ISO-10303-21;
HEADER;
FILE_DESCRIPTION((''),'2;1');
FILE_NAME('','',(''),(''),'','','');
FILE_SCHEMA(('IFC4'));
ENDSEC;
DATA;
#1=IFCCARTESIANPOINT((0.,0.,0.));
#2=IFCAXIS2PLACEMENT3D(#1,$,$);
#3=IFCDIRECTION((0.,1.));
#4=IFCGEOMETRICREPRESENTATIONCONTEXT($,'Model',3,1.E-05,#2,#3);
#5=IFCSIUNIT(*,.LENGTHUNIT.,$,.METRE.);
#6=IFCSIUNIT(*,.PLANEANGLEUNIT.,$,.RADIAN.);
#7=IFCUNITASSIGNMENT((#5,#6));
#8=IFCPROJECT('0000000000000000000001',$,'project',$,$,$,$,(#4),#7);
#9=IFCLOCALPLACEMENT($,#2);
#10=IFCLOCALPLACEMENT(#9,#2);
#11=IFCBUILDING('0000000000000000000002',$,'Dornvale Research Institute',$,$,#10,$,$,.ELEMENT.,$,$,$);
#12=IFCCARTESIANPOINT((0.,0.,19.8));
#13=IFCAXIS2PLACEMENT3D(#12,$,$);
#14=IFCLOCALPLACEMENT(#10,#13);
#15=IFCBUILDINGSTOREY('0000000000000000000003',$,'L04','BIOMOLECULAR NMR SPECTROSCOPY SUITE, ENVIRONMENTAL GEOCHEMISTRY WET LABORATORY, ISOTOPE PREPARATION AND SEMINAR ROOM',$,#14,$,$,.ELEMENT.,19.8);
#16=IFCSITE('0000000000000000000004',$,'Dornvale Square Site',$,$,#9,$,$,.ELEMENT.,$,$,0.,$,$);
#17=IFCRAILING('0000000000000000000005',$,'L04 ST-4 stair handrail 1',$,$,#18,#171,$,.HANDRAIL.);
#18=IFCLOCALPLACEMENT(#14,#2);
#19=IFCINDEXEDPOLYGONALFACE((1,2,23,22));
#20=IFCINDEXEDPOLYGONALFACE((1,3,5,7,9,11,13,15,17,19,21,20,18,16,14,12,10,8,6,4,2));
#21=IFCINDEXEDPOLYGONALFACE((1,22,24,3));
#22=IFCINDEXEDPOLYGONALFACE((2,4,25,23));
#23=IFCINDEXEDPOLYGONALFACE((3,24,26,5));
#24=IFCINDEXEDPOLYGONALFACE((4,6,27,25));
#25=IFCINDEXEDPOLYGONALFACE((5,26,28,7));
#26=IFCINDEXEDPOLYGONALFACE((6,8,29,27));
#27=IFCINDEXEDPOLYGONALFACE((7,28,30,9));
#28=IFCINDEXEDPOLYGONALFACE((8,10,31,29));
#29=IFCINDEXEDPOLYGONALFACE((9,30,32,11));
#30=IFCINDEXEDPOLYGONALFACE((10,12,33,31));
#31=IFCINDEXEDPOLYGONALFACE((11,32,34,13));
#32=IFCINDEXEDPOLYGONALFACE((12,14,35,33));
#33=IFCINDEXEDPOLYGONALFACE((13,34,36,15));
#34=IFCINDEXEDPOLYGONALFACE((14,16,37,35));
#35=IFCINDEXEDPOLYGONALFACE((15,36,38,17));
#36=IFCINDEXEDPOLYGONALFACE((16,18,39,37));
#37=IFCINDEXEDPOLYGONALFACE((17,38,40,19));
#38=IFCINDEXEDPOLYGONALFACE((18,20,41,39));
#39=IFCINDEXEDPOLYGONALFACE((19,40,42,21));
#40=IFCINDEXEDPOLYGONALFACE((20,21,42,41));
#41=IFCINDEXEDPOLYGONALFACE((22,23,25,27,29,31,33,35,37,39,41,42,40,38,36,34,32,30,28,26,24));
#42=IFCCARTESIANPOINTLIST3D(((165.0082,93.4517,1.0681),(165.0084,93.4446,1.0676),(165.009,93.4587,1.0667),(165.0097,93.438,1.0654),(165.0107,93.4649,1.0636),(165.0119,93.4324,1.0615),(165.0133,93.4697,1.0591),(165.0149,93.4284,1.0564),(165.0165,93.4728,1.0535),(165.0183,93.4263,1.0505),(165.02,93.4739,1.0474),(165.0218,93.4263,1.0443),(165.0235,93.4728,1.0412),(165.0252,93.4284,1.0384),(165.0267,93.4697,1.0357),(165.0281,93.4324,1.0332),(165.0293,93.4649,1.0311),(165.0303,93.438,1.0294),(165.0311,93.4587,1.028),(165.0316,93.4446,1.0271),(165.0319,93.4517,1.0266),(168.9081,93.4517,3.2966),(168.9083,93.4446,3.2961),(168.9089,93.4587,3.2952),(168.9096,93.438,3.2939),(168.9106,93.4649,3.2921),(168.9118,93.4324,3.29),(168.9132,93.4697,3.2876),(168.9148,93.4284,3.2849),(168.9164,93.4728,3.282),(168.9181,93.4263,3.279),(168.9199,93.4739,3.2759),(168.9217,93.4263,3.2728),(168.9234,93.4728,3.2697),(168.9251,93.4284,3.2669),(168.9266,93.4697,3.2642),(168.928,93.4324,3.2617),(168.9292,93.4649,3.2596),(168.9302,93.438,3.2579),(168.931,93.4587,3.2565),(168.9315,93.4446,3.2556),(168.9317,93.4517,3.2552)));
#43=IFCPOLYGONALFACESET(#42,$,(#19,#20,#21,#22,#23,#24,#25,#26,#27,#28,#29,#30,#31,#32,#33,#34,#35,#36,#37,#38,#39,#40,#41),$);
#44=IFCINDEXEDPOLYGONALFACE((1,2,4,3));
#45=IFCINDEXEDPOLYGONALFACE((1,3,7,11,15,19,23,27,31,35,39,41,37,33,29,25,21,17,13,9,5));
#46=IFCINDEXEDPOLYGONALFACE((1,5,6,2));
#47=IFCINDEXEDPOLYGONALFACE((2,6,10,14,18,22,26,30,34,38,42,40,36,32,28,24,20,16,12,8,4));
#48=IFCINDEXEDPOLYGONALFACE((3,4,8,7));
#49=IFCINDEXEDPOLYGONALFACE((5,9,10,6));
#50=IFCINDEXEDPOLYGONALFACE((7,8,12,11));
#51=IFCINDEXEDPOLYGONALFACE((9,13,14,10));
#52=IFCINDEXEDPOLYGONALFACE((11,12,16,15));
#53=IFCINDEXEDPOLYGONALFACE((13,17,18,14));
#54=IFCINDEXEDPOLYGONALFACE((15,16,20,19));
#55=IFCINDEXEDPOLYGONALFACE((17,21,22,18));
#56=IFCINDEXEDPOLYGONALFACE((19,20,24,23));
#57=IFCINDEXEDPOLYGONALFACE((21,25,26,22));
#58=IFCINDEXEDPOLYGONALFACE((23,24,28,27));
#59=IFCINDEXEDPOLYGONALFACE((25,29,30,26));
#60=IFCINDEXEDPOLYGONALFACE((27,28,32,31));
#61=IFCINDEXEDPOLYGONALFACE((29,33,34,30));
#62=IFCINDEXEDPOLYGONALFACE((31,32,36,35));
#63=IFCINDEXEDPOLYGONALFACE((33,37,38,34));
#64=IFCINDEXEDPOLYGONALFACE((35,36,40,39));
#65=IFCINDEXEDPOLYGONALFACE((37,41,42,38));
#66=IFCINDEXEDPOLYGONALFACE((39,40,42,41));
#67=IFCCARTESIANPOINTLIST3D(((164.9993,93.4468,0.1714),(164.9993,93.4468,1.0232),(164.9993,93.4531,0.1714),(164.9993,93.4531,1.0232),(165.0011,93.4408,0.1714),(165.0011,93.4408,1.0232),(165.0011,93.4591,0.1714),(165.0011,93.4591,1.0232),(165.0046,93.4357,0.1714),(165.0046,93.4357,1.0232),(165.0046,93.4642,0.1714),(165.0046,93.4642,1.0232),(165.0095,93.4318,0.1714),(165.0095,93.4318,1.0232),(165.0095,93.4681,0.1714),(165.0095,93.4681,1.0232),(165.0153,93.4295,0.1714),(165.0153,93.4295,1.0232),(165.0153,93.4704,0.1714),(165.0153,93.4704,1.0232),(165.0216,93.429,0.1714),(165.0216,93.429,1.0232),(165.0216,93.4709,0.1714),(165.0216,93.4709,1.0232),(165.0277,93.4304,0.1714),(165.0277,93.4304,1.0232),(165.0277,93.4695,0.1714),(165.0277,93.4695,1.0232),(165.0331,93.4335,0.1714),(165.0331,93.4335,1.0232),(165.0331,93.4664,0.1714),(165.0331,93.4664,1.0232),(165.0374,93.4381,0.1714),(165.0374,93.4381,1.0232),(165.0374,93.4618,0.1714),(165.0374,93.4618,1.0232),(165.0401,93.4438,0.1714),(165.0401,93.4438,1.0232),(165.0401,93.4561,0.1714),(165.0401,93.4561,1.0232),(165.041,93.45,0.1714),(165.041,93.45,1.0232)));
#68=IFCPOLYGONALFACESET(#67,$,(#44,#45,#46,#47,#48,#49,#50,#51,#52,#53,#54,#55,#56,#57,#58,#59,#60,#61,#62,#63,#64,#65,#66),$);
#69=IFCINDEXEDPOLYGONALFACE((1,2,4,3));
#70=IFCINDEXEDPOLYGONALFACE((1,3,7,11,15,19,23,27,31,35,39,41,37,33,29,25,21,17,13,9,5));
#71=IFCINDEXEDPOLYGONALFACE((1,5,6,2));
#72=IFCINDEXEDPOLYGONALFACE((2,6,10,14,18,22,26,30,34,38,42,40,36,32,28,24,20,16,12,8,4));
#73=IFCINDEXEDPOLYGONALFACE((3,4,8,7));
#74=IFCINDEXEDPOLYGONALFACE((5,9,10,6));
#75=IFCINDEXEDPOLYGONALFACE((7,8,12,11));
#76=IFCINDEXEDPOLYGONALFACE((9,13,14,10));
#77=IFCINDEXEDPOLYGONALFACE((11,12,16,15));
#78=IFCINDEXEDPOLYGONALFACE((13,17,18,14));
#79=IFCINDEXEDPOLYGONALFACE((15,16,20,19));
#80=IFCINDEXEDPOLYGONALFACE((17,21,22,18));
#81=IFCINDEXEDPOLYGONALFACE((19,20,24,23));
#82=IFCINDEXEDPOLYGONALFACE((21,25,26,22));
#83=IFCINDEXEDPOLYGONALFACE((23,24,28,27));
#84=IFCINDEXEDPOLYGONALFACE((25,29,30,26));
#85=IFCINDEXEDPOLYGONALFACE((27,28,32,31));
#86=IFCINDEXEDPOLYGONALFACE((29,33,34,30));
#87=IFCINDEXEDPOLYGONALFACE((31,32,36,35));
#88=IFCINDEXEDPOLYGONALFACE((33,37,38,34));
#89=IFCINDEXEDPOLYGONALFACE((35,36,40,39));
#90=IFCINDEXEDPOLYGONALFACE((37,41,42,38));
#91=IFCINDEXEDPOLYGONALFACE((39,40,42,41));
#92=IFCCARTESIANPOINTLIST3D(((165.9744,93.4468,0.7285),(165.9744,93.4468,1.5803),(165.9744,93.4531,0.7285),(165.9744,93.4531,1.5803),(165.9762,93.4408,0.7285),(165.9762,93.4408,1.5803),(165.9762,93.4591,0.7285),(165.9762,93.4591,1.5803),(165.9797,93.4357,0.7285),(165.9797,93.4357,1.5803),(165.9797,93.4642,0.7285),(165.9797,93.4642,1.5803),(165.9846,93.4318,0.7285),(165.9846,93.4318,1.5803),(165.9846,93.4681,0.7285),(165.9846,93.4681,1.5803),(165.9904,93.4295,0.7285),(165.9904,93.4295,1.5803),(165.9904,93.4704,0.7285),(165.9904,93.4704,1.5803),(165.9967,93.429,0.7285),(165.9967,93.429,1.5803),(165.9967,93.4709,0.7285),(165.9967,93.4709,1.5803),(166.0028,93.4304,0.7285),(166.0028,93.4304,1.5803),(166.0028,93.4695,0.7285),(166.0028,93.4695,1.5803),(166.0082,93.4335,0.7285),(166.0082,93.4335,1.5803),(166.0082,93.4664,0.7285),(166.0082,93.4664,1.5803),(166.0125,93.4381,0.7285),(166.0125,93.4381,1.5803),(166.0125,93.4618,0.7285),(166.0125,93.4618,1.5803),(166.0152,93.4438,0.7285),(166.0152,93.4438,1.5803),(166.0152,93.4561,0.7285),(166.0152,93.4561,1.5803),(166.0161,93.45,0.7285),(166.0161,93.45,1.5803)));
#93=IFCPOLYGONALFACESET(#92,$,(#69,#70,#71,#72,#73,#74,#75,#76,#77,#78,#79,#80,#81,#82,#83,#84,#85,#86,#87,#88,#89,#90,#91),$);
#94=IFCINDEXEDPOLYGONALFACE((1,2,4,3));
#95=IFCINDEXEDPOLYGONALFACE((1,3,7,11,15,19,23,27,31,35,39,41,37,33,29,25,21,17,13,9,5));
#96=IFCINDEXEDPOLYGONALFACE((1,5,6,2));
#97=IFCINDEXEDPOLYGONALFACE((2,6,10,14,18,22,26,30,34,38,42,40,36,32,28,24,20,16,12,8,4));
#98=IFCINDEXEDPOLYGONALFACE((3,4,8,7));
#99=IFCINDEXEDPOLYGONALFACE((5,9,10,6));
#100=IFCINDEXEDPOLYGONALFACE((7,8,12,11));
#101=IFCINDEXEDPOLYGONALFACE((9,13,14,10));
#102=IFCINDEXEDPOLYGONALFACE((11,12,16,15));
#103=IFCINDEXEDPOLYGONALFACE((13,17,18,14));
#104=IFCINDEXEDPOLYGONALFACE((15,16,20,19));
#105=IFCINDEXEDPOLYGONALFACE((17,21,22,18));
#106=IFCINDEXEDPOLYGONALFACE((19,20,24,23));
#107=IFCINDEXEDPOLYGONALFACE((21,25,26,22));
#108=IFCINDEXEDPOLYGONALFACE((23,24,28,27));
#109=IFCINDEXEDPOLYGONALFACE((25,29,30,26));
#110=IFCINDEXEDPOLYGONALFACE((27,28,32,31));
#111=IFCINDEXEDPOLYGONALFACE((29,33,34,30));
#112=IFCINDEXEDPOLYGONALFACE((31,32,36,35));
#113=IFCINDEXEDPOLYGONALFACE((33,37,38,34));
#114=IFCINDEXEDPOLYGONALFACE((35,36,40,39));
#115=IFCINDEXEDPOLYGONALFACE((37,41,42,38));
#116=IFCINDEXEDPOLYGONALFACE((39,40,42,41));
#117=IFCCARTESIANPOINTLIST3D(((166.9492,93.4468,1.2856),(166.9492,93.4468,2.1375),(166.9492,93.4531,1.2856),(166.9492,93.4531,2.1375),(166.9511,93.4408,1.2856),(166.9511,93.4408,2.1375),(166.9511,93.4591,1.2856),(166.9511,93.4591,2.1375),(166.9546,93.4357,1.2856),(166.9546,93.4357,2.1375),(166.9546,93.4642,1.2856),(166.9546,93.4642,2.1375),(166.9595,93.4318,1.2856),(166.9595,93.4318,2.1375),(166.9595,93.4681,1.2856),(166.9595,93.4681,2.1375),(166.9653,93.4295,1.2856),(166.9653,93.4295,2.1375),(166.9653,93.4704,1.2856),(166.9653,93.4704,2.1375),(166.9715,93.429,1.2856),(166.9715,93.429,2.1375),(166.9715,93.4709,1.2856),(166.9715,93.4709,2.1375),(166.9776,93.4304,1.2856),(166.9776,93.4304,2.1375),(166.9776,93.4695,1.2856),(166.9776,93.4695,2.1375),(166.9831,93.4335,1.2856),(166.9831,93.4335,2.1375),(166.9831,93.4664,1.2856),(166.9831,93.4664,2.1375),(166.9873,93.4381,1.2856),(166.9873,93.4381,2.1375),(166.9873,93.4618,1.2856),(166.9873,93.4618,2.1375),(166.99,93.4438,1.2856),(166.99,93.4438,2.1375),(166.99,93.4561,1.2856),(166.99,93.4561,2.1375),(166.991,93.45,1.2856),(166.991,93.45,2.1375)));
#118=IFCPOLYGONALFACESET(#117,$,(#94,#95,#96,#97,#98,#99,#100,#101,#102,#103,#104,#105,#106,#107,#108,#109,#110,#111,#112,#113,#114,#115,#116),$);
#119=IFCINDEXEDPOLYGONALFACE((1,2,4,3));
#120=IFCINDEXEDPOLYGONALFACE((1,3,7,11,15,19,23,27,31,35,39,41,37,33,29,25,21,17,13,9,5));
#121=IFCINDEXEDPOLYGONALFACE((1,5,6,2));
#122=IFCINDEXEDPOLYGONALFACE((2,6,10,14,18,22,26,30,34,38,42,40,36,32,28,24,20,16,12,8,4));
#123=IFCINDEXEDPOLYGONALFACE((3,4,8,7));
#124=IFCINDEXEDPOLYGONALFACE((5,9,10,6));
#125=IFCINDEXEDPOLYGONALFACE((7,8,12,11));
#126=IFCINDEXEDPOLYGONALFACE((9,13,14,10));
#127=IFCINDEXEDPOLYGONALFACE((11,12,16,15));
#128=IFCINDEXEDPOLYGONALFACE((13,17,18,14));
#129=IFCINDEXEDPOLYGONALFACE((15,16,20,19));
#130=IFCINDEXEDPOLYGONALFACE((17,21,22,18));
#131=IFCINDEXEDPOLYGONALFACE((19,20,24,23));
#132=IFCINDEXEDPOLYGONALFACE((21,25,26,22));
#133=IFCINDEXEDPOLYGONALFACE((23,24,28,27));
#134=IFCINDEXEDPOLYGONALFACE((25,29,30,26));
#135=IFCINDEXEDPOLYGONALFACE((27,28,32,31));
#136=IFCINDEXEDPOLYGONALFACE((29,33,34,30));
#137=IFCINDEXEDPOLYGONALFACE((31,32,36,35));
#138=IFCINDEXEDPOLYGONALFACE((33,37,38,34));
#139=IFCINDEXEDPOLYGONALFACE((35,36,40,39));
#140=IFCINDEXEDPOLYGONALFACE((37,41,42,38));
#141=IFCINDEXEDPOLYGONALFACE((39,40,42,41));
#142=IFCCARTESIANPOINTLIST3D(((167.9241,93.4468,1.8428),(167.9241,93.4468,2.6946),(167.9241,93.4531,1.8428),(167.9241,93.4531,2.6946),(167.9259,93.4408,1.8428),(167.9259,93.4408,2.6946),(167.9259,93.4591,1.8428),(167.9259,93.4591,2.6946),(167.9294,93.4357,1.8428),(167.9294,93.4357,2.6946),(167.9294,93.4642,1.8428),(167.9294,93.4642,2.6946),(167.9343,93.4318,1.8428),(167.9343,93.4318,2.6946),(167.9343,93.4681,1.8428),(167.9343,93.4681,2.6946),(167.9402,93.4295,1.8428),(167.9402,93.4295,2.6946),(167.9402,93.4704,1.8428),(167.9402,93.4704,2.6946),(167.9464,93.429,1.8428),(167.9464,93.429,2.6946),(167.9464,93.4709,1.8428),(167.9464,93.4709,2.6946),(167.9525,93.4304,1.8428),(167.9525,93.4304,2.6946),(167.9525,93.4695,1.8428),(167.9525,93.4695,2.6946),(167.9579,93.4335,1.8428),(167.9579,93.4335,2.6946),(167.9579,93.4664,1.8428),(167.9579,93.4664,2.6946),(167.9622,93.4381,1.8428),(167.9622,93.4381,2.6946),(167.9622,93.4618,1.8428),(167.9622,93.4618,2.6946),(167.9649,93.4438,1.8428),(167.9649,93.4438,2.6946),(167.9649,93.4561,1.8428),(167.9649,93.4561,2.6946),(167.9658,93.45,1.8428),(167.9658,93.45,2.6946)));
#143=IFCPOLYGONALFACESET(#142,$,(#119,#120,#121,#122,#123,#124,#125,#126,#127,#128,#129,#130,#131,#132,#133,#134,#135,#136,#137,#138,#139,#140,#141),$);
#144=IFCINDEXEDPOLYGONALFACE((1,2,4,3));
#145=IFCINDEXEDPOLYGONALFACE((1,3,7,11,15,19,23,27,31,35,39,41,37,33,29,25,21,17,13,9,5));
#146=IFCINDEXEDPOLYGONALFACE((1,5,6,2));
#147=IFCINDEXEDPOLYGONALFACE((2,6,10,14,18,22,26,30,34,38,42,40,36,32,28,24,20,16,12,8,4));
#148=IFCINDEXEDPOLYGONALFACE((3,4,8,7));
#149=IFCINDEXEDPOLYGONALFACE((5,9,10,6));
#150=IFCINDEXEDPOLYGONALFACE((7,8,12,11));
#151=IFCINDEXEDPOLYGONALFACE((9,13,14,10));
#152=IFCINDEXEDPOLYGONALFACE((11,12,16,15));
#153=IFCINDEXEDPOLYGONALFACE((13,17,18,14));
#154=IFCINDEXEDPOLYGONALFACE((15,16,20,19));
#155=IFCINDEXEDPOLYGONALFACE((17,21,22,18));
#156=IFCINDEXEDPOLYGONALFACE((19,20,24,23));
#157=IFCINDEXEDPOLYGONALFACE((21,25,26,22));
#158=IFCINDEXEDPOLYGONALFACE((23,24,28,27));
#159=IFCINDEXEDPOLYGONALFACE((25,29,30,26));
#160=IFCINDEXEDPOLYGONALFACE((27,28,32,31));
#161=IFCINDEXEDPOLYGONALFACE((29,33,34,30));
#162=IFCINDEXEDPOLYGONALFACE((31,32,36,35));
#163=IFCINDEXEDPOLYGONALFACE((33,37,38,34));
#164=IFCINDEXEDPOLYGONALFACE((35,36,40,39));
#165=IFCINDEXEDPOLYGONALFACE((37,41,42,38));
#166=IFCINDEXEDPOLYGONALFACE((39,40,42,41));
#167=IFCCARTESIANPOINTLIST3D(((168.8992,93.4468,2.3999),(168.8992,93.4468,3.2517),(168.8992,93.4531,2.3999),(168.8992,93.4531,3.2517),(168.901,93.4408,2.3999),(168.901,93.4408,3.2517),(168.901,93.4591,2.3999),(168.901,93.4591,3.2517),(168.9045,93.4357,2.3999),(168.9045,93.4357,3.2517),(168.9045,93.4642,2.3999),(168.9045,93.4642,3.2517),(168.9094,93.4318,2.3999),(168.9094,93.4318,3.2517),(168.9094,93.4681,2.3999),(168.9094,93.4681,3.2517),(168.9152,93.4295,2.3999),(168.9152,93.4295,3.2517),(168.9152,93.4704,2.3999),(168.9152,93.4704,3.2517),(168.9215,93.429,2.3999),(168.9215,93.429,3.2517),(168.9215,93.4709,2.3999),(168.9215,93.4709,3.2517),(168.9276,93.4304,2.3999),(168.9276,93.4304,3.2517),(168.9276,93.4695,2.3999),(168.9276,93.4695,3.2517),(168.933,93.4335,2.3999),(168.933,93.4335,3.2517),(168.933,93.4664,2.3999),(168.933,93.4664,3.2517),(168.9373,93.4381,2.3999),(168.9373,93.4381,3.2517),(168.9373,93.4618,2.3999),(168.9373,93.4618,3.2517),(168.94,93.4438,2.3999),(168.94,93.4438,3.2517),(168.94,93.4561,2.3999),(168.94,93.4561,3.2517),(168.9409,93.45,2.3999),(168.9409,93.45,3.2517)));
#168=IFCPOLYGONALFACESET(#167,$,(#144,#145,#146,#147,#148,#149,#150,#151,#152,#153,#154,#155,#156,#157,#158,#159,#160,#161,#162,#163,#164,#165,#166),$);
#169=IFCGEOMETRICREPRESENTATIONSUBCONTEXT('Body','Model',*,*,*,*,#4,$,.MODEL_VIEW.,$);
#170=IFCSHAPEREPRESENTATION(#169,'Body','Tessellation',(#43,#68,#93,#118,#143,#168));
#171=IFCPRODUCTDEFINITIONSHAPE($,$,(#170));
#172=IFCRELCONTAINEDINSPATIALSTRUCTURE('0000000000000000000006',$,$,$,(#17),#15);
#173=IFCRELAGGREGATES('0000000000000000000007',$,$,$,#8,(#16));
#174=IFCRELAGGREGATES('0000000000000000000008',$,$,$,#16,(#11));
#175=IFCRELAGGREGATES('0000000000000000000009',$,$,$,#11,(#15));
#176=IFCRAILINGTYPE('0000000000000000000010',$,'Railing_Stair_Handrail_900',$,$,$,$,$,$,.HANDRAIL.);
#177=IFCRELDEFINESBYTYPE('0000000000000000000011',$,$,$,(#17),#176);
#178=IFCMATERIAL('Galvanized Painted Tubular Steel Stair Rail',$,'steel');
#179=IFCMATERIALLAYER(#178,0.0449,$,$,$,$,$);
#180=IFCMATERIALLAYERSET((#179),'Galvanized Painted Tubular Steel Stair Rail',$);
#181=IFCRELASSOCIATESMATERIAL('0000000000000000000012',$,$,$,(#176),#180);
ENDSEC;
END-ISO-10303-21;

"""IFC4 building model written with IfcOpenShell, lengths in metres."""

from ifc_helpers import new_model, si_unit, direction, frame, origin, origin_2d, place, context, subcontext, project, spatial, circle, extrude, material, layer, layer_set, type_object, element, save


model = new_model("IFC4")

# Units and contexts
model_context = context("Model", 3, precision=1e-05, world=origin(), true_north=direction((0.0, 1.0)))
body_context = subcontext(model_context, "Body", "Model", "MODEL_VIEW")
ifc_project = project(units=[si_unit("LENGTHUNIT", "METRE"), si_unit("PLANEANGLEUNIT", "RADIAN")], contexts=[model_context])

# Site, building, storey
site_placement = place(None, origin())
site = spatial("IfcSite", under=ifc_project, at=site_placement, Name="Dornvale Square Site", CompositionType="ELEMENT", RefElevation=0.0)
building_placement = place(site_placement, origin())
building = spatial("IfcBuilding", under=site, at=building_placement, Name="Dornvale Research Institute", CompositionType="ELEMENT")
storey_placement = place(building_placement, frame((0.0, 0.0, 19.8)))
storey = spatial("IfcBuildingStorey", under=building, at=storey_placement, Name="L04", Description="BIOMOLECULAR NMR SPECTROSCOPY SUITE, ENVIRONMENTAL GEOCHEMISTRY WET LABORATORY, ISOTOPE PREPARATION AND SEMINAR ROOM", CompositionType="ELEMENT", Elevation=19.8)

# Railing
ifc_material_1 = material(Name="Galvanized Painted Tubular Steel Stair Rail", Category="steel")
ifc_layer_1 = layer(ifc_material_1, 0.0449)
ifc_layer_set_1 = layer_set([ifc_layer_1], Name="Galvanized Painted Tubular Steel Stair Rail")
railing_type_1 = type_object("IfcRailingType", Name="Railing_Stair_Handrail_900", PredefinedType="HANDRAIL", material=ifc_layer_set_1)
railing_1_placement = place(storey_placement, frame((165.02, 93.45, 0.1714)))
element("IfcRailing", 1, at=railing_1_placement, inside=storey, type_object=railing_type_1, Name="L04 ST-4 stair handrail 1", PredefinedType="HANDRAIL", context=body_context, shape_type="SweptSolid", body=[
    extrude(circle(Radius=0.0239, at=origin_2d()), frame((0.0, 0.0, 0.876), z_axis=(0.868243, 0.0, 0.496139), x_axis=(0.0, 1.0, 0.0)), (0.0, 0.0, 1.0), 4.4917),
    extrude(circle(Radius=0.021, at=origin_2d()), origin(), (0.0, 0.0, 1.0), 0.8518),
    extrude(circle(Radius=0.021, at=origin_2d()), frame((0.9751, 0.0, 0.5571)), (0.0, 0.0, 1.0), 0.8518),
    extrude(circle(Radius=0.021, at=origin_2d()), frame((1.95, 0.0, 1.1143)), (0.0, 0.0, 1.0), 0.8518),
    extrude(circle(Radius=0.021, at=origin_2d()), frame((2.9248, 0.0, 1.6714)), (0.0, 0.0, 1.0), 0.8518),
    extrude(circle(Radius=0.021, at=origin_2d()), frame((3.8999, 0.0, 2.2285)), (0.0, 0.0, 1.0), 0.8518),
])

save(model, "model.ifc")
